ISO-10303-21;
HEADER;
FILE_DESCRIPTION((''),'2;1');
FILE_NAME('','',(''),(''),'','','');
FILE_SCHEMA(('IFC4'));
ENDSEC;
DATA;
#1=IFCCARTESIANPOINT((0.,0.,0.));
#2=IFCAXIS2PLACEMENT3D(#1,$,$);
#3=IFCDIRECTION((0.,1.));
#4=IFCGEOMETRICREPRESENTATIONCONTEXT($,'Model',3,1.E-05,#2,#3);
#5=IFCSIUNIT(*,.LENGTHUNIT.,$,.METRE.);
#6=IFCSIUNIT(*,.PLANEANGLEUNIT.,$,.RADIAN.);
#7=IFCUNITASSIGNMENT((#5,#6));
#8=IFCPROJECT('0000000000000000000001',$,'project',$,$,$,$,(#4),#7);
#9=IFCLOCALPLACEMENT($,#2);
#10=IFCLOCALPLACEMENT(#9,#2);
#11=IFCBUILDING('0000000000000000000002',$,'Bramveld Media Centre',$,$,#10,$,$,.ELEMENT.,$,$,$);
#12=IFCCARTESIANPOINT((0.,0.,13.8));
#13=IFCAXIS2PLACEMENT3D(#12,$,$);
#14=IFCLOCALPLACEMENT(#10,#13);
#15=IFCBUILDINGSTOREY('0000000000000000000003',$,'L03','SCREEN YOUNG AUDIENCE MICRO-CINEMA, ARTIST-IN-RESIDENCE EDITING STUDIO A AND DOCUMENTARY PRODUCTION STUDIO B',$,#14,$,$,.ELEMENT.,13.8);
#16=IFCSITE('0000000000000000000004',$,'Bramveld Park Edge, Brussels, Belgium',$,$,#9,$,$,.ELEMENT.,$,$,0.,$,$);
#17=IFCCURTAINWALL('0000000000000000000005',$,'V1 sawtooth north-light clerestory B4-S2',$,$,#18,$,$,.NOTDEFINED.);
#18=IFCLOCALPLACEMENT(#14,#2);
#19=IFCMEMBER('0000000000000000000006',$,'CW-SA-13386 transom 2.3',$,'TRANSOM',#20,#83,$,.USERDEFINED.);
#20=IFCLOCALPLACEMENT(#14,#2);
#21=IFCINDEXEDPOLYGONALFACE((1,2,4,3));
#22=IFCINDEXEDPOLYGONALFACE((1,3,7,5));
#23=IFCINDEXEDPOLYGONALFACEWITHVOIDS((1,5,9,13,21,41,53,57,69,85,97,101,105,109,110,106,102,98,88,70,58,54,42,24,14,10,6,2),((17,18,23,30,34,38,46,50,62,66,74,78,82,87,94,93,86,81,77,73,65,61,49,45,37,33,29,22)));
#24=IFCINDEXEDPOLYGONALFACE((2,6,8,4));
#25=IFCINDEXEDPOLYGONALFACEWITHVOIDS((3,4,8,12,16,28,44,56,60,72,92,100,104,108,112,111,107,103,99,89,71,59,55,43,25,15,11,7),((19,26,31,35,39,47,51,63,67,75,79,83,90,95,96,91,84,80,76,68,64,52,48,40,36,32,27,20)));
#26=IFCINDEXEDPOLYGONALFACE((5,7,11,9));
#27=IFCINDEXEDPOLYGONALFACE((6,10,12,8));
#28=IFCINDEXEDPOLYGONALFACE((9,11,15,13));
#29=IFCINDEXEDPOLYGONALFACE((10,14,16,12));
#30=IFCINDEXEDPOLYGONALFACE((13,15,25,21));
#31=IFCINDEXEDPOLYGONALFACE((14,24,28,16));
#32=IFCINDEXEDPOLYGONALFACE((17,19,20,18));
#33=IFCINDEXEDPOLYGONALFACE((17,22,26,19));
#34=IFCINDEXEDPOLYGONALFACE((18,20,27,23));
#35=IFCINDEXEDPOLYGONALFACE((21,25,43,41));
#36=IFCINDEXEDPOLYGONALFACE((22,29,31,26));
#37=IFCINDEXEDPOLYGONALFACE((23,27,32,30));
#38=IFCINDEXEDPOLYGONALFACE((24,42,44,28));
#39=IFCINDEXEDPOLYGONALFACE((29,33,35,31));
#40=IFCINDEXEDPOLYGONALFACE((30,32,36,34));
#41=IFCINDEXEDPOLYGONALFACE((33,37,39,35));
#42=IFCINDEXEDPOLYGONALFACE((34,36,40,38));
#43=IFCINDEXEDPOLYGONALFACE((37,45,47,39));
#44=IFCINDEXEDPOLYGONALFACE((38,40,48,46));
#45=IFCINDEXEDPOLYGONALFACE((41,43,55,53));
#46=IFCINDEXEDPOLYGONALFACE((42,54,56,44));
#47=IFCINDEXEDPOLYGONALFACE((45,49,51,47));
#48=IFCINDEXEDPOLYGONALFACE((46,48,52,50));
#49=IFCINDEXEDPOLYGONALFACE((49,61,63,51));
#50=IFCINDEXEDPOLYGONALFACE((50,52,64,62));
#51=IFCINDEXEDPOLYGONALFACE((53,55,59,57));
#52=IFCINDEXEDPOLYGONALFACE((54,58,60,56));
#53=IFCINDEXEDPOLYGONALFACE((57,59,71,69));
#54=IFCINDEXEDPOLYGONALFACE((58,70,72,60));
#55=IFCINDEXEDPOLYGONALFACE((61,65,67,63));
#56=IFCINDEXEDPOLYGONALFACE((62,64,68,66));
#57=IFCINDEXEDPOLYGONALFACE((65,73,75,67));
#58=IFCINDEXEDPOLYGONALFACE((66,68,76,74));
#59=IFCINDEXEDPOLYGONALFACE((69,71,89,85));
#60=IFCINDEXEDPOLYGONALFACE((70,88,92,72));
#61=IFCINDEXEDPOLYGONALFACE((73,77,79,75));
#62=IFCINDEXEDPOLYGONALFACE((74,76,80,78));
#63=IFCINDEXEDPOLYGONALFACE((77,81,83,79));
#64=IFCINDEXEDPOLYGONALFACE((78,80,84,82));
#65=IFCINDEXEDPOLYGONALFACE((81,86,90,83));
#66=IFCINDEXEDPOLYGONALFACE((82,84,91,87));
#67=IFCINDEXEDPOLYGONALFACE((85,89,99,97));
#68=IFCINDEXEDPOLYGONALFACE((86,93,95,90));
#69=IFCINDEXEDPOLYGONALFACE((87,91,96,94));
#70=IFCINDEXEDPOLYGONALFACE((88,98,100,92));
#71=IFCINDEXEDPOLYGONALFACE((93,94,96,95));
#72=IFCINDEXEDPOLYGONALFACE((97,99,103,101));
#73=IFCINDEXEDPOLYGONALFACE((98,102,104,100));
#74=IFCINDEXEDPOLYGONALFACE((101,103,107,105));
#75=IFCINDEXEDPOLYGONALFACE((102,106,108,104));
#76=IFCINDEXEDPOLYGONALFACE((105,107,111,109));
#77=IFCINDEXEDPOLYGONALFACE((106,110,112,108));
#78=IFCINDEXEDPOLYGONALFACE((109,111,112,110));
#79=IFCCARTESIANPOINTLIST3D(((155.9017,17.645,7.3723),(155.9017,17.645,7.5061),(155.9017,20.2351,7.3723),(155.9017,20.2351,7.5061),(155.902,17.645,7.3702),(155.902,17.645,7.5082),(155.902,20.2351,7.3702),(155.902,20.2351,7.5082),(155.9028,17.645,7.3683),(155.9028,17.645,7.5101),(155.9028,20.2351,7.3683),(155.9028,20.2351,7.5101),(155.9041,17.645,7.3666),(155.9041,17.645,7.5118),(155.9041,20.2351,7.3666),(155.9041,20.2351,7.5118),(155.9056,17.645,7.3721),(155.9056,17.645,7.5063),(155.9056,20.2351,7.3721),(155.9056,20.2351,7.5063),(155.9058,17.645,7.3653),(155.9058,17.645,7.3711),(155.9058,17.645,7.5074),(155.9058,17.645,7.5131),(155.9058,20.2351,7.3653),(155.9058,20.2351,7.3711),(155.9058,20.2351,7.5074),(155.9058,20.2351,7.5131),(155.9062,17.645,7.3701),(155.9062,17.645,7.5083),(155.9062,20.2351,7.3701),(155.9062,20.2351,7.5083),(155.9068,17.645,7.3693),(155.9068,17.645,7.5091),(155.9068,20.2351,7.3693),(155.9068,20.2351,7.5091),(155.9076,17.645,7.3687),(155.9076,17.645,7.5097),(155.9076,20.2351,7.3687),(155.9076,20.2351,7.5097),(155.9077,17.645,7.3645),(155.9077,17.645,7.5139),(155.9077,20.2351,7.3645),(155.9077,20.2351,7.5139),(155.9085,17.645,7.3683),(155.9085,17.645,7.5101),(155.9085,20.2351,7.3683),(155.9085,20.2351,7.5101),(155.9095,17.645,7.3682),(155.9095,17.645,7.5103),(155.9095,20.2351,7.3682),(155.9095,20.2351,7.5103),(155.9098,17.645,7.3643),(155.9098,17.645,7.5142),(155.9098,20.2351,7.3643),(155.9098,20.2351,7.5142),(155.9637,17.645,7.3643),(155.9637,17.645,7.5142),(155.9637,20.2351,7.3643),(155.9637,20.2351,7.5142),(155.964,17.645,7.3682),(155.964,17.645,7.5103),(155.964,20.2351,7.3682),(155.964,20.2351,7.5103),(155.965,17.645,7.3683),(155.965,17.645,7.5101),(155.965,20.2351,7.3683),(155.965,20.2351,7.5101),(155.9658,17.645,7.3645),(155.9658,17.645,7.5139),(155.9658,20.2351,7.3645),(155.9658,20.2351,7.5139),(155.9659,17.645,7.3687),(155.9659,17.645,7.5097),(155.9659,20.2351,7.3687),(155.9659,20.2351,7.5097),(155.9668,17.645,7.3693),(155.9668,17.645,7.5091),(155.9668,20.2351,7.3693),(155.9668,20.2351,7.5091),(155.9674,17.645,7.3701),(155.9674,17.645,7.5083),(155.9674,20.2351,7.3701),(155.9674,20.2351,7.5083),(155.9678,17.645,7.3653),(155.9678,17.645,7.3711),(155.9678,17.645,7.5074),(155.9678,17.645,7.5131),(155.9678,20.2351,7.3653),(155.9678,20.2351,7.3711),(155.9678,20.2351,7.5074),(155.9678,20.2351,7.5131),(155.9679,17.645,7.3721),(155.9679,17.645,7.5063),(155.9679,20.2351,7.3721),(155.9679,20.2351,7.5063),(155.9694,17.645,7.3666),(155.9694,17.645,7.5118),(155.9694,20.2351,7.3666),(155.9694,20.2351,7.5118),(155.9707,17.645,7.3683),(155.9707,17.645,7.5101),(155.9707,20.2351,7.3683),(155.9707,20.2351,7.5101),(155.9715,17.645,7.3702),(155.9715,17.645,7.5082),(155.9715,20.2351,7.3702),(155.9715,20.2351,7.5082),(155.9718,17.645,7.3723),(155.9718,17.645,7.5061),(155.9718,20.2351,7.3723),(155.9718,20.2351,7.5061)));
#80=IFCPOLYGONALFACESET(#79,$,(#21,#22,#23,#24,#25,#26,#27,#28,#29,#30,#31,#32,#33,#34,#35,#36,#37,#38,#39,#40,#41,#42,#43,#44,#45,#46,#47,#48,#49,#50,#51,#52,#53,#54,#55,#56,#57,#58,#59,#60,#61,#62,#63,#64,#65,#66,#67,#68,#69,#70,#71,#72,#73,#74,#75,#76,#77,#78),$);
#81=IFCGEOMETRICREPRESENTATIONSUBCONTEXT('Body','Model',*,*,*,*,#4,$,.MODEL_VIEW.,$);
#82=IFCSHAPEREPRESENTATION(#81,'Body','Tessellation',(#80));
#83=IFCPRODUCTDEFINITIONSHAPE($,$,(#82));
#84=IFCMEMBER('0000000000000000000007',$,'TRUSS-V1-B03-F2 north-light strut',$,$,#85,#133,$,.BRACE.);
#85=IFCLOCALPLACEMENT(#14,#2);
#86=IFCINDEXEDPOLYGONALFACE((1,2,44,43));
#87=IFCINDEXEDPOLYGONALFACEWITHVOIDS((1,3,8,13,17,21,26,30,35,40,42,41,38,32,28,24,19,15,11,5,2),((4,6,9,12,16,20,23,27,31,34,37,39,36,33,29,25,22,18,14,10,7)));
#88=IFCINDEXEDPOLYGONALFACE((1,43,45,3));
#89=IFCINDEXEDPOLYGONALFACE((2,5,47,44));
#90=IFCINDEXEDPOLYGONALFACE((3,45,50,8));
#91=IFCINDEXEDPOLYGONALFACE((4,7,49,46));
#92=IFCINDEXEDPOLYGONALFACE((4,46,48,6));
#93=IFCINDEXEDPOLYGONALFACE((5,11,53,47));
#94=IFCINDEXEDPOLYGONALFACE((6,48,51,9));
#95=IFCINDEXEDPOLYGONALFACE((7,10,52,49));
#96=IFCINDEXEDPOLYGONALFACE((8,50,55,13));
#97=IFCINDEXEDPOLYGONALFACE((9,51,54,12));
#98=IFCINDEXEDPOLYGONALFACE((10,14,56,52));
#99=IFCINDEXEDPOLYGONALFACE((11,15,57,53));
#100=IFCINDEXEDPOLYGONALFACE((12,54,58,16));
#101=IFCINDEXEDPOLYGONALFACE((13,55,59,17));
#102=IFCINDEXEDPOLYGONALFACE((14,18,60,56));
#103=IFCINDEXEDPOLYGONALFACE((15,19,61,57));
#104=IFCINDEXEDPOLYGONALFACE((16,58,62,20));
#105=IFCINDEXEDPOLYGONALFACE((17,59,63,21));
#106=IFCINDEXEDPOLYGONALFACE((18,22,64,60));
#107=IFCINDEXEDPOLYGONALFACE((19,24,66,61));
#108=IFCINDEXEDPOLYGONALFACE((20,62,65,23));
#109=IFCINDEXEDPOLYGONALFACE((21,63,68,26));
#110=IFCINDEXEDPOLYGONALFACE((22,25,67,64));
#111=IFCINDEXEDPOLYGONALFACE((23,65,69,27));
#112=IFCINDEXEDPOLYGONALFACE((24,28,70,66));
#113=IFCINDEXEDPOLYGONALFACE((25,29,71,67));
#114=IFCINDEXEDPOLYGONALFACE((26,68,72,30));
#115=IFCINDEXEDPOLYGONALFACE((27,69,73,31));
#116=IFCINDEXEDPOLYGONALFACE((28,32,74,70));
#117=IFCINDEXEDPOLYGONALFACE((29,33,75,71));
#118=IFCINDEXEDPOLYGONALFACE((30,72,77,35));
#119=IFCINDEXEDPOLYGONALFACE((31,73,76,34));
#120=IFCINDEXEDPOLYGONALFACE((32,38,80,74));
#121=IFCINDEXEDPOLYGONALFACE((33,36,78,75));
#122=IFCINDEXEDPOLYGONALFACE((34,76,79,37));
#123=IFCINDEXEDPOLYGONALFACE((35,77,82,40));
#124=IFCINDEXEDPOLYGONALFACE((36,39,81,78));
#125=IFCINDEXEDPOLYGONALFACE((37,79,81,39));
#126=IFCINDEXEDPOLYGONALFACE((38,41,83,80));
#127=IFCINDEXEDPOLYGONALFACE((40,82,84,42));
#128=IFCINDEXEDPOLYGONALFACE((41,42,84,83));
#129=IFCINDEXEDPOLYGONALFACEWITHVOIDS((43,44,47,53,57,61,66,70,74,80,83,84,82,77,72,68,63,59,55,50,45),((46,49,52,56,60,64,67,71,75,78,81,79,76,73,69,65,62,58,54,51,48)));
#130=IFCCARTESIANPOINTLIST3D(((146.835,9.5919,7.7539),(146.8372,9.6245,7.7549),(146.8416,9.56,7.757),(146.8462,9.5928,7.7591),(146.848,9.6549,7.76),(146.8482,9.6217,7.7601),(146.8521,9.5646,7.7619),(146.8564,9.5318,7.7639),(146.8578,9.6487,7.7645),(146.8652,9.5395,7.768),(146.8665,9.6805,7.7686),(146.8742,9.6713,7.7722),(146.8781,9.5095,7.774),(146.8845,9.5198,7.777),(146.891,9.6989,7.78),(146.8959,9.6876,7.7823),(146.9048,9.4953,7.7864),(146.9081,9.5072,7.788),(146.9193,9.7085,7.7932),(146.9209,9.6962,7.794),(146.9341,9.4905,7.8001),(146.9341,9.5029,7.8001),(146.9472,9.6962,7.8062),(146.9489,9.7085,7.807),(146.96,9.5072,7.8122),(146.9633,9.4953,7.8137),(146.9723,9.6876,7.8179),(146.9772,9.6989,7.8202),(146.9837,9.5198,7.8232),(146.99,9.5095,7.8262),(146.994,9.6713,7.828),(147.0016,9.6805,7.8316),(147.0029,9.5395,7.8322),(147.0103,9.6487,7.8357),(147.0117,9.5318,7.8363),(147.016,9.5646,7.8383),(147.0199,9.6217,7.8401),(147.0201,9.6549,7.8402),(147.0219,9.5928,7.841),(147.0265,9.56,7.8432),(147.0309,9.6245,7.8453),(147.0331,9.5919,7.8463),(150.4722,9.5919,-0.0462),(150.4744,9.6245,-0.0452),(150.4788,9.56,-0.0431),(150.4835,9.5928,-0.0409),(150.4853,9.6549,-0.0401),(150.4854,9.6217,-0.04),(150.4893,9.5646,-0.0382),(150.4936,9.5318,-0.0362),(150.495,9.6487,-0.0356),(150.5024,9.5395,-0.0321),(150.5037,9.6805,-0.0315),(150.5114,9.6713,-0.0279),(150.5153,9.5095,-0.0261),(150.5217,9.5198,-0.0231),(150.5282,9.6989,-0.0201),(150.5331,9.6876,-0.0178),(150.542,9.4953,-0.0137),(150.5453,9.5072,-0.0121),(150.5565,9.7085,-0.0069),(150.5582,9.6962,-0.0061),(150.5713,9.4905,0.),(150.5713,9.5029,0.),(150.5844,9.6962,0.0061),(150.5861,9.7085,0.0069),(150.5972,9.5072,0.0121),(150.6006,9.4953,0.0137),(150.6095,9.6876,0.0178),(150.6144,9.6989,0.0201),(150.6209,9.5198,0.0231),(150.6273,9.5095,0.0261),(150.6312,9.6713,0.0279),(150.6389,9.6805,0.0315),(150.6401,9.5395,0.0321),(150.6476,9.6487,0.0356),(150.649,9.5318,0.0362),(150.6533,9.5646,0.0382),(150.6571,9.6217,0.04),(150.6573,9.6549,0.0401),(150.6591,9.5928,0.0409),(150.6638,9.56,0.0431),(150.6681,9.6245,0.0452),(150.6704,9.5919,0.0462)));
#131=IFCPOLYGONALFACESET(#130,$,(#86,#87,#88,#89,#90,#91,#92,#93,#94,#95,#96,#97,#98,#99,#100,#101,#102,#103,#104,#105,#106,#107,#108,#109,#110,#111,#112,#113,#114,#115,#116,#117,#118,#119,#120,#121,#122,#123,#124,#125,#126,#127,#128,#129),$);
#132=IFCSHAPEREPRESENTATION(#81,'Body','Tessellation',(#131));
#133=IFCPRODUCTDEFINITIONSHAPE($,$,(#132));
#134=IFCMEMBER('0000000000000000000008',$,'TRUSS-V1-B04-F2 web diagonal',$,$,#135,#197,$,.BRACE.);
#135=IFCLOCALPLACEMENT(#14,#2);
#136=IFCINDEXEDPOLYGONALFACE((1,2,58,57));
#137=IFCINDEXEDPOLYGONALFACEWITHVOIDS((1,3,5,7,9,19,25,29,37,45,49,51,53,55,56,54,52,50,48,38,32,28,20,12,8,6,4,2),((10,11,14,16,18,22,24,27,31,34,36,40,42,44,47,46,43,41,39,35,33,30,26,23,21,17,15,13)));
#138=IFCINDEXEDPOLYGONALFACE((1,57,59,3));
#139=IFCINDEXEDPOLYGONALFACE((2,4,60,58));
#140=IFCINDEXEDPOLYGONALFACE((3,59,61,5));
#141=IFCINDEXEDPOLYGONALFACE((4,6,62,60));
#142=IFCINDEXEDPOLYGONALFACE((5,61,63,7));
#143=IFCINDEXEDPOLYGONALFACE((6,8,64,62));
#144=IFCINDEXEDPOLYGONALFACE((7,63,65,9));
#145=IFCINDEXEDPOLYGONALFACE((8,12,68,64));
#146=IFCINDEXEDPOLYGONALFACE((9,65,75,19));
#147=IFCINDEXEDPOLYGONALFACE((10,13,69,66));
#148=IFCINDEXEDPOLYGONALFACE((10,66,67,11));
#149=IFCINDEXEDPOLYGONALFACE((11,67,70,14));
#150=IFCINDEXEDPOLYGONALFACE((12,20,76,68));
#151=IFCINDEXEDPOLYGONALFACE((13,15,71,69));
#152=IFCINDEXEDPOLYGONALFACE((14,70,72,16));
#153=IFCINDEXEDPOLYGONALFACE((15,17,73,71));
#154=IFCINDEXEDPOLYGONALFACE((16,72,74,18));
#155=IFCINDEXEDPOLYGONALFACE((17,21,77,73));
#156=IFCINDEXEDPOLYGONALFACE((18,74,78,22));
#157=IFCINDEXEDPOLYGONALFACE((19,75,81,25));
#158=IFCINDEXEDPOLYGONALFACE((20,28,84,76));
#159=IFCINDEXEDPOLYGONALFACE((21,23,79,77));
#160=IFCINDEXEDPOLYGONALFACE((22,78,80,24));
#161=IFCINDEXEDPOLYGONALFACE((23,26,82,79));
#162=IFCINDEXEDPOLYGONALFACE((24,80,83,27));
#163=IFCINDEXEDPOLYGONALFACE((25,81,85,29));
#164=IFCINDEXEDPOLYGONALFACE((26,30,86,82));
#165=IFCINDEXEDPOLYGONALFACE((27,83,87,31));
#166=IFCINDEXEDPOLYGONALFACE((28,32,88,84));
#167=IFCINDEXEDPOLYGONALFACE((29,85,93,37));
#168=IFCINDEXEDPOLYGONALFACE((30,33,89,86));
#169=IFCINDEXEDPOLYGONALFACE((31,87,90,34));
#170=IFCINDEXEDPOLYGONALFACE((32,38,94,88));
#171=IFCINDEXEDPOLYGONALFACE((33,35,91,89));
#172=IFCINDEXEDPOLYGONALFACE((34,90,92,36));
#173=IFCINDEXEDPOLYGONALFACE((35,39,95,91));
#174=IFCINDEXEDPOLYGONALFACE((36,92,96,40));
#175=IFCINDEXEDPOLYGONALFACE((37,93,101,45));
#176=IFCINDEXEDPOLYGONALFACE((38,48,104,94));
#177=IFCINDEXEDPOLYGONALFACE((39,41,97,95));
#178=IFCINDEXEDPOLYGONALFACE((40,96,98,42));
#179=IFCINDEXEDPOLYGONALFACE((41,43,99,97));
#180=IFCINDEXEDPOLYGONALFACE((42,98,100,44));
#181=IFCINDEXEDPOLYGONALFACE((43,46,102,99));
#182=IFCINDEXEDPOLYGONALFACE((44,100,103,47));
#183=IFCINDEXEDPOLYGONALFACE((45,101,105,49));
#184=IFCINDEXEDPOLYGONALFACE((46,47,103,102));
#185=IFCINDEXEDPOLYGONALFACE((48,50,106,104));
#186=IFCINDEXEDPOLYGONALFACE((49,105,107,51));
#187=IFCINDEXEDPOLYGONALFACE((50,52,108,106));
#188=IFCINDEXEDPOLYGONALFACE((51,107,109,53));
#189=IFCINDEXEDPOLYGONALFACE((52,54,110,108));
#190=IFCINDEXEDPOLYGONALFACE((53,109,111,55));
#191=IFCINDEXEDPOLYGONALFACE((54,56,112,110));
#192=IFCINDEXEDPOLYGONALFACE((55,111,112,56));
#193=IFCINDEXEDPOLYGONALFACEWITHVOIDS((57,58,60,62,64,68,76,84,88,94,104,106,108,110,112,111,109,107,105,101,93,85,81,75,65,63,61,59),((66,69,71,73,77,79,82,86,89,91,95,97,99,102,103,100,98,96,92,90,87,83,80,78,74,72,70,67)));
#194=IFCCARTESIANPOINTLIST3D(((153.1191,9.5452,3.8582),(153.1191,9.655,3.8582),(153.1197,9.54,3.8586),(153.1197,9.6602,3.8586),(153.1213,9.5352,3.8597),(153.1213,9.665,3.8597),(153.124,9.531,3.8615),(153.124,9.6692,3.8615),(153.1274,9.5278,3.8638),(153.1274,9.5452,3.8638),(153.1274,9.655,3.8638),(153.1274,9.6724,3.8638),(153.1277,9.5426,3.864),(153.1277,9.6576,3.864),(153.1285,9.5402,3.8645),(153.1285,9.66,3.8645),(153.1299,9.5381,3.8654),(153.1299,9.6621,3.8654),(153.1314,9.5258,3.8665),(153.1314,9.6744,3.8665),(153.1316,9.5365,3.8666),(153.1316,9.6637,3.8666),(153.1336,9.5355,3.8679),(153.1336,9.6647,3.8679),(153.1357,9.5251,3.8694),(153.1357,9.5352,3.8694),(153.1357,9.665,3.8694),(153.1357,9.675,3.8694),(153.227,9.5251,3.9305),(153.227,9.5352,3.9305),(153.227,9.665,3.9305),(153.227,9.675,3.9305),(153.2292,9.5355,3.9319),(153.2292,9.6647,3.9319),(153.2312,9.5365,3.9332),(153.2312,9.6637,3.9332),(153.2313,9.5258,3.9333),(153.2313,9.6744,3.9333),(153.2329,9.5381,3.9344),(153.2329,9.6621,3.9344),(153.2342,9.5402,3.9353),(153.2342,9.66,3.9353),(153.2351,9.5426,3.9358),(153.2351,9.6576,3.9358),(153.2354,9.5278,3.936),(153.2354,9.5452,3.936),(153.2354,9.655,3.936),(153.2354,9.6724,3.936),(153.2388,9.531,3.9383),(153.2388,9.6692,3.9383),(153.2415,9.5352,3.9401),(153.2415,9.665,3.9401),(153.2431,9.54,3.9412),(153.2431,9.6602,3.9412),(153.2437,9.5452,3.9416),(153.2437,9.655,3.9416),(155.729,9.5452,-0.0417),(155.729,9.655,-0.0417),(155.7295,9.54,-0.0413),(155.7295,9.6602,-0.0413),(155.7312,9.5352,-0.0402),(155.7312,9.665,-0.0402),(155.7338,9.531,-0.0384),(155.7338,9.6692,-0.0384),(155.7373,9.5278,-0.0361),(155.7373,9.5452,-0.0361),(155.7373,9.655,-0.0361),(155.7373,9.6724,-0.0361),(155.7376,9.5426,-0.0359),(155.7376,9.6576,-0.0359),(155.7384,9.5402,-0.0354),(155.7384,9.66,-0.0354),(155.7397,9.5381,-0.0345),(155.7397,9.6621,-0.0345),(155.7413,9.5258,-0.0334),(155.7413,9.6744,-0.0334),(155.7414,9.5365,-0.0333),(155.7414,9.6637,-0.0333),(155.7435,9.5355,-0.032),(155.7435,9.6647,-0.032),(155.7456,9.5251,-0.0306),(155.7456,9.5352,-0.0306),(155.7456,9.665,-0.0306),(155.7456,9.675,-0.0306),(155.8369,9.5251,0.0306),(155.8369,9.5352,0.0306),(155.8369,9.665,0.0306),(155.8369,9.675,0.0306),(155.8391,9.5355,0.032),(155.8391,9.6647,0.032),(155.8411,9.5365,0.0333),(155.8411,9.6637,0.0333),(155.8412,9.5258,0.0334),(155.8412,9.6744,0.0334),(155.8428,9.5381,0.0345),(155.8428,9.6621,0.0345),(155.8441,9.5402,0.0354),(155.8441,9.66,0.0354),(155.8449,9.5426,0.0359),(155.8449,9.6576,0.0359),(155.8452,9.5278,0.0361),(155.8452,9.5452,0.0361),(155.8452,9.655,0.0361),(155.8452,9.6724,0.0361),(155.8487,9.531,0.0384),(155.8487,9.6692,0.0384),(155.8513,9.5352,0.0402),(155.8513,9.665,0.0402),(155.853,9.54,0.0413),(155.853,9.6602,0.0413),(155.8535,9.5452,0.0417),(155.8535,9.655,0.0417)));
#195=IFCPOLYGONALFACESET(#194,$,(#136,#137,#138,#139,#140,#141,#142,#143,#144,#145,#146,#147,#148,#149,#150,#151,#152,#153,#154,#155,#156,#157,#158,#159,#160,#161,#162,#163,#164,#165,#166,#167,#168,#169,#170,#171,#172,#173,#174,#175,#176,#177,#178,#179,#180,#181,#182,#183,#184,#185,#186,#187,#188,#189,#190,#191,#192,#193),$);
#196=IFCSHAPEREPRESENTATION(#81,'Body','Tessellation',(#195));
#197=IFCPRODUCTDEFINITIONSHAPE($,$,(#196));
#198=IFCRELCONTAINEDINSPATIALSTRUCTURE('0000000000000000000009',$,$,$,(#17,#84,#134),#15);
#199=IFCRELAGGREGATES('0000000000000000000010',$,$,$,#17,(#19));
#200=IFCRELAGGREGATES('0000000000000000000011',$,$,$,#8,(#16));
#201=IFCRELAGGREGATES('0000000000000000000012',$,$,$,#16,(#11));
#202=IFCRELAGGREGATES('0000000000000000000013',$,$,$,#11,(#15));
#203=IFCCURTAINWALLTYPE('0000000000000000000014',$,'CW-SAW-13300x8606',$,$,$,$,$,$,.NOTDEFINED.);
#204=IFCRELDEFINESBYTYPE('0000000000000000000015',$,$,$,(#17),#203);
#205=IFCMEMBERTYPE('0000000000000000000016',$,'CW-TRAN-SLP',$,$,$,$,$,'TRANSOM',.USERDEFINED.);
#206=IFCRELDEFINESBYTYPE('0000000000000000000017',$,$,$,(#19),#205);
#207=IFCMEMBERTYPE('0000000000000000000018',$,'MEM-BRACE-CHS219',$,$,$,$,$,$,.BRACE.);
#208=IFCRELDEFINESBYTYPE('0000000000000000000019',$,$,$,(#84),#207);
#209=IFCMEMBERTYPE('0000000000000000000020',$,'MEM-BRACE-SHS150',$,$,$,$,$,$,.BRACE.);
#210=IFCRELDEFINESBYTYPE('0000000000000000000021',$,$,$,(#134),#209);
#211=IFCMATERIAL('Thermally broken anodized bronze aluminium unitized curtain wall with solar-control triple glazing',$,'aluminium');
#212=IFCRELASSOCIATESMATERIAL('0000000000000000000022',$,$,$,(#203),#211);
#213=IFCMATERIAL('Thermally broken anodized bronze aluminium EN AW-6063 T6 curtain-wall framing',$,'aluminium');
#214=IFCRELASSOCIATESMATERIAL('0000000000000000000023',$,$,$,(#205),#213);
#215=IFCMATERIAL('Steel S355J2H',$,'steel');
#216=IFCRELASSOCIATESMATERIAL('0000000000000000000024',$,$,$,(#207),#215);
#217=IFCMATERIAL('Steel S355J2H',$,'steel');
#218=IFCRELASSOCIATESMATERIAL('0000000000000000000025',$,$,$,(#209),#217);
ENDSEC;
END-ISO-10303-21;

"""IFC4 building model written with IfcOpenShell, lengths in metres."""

from ifc_helpers import new_model, si_unit, direction, frame, origin, origin_2d, place, context, subcontext, project, spatial, hollow_rectangle, hollow_circle, extrude, material, material_profile, profile_set, type_object, element, aggregate, save


model = new_model("IFC4")

# Units and contexts
model_context = context("Model", 3, precision=1e-05, world=origin(), true_north=direction((0.0, 1.0)))
body_context = subcontext(model_context, "Body", "Model", "MODEL_VIEW")
ifc_project = project(units=[si_unit("LENGTHUNIT", "METRE"), si_unit("PLANEANGLEUNIT", "RADIAN")], contexts=[model_context])

# Site, building, storey
site_placement = place(None, origin())
site = spatial("IfcSite", under=ifc_project, at=site_placement, Name="Bramveld Park Edge, Brussels, Belgium", CompositionType="ELEMENT", RefElevation=0.0)
building_placement = place(site_placement, origin())
building = spatial("IfcBuilding", under=site, at=building_placement, Name="Bramveld Media Centre", CompositionType="ELEMENT")
storey_placement = place(building_placement, frame((0.0, 0.0, 13.8)))
storey = spatial("IfcBuildingStorey", under=building, at=storey_placement, Name="L03", Description="SCREEN YOUNG AUDIENCE MICRO-CINEMA, ARTIST-IN-RESIDENCE EDITING STUDIO A AND DOCUMENTARY PRODUCTION STUDIO B", CompositionType="ELEMENT", Elevation=13.8)

# Shared definitions
ifc_material_1 = material(Name="Thermally broken anodized bronze aluminium unitized curtain wall with solar-control triple glazing", Category="aluminium")
curtain_wall_type = type_object("IfcCurtainWallType", Name="CW-SAW-13300x8606", PredefinedType="NOTDEFINED", material=ifc_material_1)

# Shared definitions
ifc_material_2 = material(Name="Thermally broken anodized bronze aluminium EN AW-6063 T6 curtain-wall framing", Category="aluminium")
ifc_material_profile_1 = material_profile(ifc_material_2, hollow_rectangle(XDim=0.0701, YDim=0.1499, WallThickness=0.0039, InnerFilletRadius=0.0039, OuterFilletRadius=0.0081, at=origin_2d()), Name="AL-TRAN 70x150")
ifc_profile_set_1 = profile_set([ifc_material_profile_1], Name="Thermally broken anodized bronze aluminium EN AW-6063 T6 curtain-wall framing")
member_type_1 = type_object("IfcMemberType", Name="CW-TRAN-SLP", ElementType="TRANSOM", PredefinedType="USERDEFINED", material=ifc_profile_set_1)

# Curtain wall, member
curtain_wall_1_placement = place(storey_placement, origin())
curtain_wall_1 = element("IfcCurtainWall", 1, at=curtain_wall_1_placement, inside=storey, type_object=curtain_wall_type, Name="V1 sawtooth north-light clerestory B4-S2", PredefinedType="NOTDEFINED")
member_1_placement = place(storey_placement, frame((155.9368, 17.645, 7.4392), z_axis=(0.0, 1.0, 0.0), x_axis=(-1.0, 0.0, 0.0)))
member_1 = element("IfcMember", 2, at=member_1_placement, type_object=member_type_1, Name="CW-SA-13386 transom 2.3", ObjectType="TRANSOM", PredefinedType="USERDEFINED", context=body_context, shape_type="SweptSolid", body=[
    extrude(hollow_rectangle(XDim=0.0701, YDim=0.1499, WallThickness=0.0039, InnerFilletRadius=0.0039, OuterFilletRadius=0.0081, at=origin_2d()), origin(), (0.0, 0.0, 1.0), 2.5901),
])
aggregate(curtain_wall_1, [member_1])

# Members
ifc_material_3 = material(Name="Steel S355J2H", Category="steel")
ifc_material_profile_2 = material_profile(ifc_material_3, hollow_circle(Radius=0.1096, WallThickness=0.0125, at=origin_2d()), Name="CHS 219.1x12.5")
ifc_profile_set_2 = profile_set([ifc_material_profile_2], Name="Steel S355J2H")
member_type_2 = type_object("IfcMemberType", Name="MEM-BRACE-CHS219", PredefinedType="BRACE", material=ifc_profile_set_2)
member_2_placement = place(storey_placement, frame((150.5713, 9.6001, 0.0), z_axis=(-0.422617, 0.0, 0.906308), x_axis=(0.0, -1.0, 0.0)))
element("IfcMember", 3, at=member_2_placement, inside=storey, type_object=member_type_2, Name="TRUSS-V1-B03-F2 north-light strut", PredefinedType="BRACE", context=body_context, shape_type="SweptSolid", body=[
    extrude(hollow_circle(Radius=0.1096, WallThickness=0.0125, at=origin_2d()), origin(), (0.0, 0.0, 1.0), 8.6064),
])
ifc_material_4 = material(Name="Steel S355J2H", Category="steel")
ifc_material_profile_3 = material_profile(ifc_material_4, hollow_rectangle(XDim=0.1499, YDim=0.1499, WallThickness=0.01, InnerFilletRadius=0.01, OuterFilletRadius=0.02, at=origin_2d()), Name="SHS 150x150x10")
ifc_profile_set_3 = profile_set([ifc_material_profile_3], Name="Steel S355J2H")
member_type_3 = type_object("IfcMemberType", Name="MEM-BRACE-SHS150", PredefinedType="BRACE", material=ifc_profile_set_3)
member_3_placement = place(storey_placement, frame((155.7913, 9.6001, 0.0), z_axis=(-0.556164, 0.0, 0.831073), x_axis=(0.0, -1.0, 0.0)))
element("IfcMember", 4, at=member_3_placement, inside=storey, type_object=member_type_3, Name="TRUSS-V1-B04-F2 web diagonal", PredefinedType="BRACE", context=body_context, shape_type="SweptSolid", body=[
    extrude(hollow_rectangle(XDim=0.1499, YDim=0.1499, WallThickness=0.01, InnerFilletRadius=0.01, OuterFilletRadius=0.02, at=origin_2d()), origin(), (0.0, 0.0, 1.0), 4.6926),
])

save(model, "model.ifc")
